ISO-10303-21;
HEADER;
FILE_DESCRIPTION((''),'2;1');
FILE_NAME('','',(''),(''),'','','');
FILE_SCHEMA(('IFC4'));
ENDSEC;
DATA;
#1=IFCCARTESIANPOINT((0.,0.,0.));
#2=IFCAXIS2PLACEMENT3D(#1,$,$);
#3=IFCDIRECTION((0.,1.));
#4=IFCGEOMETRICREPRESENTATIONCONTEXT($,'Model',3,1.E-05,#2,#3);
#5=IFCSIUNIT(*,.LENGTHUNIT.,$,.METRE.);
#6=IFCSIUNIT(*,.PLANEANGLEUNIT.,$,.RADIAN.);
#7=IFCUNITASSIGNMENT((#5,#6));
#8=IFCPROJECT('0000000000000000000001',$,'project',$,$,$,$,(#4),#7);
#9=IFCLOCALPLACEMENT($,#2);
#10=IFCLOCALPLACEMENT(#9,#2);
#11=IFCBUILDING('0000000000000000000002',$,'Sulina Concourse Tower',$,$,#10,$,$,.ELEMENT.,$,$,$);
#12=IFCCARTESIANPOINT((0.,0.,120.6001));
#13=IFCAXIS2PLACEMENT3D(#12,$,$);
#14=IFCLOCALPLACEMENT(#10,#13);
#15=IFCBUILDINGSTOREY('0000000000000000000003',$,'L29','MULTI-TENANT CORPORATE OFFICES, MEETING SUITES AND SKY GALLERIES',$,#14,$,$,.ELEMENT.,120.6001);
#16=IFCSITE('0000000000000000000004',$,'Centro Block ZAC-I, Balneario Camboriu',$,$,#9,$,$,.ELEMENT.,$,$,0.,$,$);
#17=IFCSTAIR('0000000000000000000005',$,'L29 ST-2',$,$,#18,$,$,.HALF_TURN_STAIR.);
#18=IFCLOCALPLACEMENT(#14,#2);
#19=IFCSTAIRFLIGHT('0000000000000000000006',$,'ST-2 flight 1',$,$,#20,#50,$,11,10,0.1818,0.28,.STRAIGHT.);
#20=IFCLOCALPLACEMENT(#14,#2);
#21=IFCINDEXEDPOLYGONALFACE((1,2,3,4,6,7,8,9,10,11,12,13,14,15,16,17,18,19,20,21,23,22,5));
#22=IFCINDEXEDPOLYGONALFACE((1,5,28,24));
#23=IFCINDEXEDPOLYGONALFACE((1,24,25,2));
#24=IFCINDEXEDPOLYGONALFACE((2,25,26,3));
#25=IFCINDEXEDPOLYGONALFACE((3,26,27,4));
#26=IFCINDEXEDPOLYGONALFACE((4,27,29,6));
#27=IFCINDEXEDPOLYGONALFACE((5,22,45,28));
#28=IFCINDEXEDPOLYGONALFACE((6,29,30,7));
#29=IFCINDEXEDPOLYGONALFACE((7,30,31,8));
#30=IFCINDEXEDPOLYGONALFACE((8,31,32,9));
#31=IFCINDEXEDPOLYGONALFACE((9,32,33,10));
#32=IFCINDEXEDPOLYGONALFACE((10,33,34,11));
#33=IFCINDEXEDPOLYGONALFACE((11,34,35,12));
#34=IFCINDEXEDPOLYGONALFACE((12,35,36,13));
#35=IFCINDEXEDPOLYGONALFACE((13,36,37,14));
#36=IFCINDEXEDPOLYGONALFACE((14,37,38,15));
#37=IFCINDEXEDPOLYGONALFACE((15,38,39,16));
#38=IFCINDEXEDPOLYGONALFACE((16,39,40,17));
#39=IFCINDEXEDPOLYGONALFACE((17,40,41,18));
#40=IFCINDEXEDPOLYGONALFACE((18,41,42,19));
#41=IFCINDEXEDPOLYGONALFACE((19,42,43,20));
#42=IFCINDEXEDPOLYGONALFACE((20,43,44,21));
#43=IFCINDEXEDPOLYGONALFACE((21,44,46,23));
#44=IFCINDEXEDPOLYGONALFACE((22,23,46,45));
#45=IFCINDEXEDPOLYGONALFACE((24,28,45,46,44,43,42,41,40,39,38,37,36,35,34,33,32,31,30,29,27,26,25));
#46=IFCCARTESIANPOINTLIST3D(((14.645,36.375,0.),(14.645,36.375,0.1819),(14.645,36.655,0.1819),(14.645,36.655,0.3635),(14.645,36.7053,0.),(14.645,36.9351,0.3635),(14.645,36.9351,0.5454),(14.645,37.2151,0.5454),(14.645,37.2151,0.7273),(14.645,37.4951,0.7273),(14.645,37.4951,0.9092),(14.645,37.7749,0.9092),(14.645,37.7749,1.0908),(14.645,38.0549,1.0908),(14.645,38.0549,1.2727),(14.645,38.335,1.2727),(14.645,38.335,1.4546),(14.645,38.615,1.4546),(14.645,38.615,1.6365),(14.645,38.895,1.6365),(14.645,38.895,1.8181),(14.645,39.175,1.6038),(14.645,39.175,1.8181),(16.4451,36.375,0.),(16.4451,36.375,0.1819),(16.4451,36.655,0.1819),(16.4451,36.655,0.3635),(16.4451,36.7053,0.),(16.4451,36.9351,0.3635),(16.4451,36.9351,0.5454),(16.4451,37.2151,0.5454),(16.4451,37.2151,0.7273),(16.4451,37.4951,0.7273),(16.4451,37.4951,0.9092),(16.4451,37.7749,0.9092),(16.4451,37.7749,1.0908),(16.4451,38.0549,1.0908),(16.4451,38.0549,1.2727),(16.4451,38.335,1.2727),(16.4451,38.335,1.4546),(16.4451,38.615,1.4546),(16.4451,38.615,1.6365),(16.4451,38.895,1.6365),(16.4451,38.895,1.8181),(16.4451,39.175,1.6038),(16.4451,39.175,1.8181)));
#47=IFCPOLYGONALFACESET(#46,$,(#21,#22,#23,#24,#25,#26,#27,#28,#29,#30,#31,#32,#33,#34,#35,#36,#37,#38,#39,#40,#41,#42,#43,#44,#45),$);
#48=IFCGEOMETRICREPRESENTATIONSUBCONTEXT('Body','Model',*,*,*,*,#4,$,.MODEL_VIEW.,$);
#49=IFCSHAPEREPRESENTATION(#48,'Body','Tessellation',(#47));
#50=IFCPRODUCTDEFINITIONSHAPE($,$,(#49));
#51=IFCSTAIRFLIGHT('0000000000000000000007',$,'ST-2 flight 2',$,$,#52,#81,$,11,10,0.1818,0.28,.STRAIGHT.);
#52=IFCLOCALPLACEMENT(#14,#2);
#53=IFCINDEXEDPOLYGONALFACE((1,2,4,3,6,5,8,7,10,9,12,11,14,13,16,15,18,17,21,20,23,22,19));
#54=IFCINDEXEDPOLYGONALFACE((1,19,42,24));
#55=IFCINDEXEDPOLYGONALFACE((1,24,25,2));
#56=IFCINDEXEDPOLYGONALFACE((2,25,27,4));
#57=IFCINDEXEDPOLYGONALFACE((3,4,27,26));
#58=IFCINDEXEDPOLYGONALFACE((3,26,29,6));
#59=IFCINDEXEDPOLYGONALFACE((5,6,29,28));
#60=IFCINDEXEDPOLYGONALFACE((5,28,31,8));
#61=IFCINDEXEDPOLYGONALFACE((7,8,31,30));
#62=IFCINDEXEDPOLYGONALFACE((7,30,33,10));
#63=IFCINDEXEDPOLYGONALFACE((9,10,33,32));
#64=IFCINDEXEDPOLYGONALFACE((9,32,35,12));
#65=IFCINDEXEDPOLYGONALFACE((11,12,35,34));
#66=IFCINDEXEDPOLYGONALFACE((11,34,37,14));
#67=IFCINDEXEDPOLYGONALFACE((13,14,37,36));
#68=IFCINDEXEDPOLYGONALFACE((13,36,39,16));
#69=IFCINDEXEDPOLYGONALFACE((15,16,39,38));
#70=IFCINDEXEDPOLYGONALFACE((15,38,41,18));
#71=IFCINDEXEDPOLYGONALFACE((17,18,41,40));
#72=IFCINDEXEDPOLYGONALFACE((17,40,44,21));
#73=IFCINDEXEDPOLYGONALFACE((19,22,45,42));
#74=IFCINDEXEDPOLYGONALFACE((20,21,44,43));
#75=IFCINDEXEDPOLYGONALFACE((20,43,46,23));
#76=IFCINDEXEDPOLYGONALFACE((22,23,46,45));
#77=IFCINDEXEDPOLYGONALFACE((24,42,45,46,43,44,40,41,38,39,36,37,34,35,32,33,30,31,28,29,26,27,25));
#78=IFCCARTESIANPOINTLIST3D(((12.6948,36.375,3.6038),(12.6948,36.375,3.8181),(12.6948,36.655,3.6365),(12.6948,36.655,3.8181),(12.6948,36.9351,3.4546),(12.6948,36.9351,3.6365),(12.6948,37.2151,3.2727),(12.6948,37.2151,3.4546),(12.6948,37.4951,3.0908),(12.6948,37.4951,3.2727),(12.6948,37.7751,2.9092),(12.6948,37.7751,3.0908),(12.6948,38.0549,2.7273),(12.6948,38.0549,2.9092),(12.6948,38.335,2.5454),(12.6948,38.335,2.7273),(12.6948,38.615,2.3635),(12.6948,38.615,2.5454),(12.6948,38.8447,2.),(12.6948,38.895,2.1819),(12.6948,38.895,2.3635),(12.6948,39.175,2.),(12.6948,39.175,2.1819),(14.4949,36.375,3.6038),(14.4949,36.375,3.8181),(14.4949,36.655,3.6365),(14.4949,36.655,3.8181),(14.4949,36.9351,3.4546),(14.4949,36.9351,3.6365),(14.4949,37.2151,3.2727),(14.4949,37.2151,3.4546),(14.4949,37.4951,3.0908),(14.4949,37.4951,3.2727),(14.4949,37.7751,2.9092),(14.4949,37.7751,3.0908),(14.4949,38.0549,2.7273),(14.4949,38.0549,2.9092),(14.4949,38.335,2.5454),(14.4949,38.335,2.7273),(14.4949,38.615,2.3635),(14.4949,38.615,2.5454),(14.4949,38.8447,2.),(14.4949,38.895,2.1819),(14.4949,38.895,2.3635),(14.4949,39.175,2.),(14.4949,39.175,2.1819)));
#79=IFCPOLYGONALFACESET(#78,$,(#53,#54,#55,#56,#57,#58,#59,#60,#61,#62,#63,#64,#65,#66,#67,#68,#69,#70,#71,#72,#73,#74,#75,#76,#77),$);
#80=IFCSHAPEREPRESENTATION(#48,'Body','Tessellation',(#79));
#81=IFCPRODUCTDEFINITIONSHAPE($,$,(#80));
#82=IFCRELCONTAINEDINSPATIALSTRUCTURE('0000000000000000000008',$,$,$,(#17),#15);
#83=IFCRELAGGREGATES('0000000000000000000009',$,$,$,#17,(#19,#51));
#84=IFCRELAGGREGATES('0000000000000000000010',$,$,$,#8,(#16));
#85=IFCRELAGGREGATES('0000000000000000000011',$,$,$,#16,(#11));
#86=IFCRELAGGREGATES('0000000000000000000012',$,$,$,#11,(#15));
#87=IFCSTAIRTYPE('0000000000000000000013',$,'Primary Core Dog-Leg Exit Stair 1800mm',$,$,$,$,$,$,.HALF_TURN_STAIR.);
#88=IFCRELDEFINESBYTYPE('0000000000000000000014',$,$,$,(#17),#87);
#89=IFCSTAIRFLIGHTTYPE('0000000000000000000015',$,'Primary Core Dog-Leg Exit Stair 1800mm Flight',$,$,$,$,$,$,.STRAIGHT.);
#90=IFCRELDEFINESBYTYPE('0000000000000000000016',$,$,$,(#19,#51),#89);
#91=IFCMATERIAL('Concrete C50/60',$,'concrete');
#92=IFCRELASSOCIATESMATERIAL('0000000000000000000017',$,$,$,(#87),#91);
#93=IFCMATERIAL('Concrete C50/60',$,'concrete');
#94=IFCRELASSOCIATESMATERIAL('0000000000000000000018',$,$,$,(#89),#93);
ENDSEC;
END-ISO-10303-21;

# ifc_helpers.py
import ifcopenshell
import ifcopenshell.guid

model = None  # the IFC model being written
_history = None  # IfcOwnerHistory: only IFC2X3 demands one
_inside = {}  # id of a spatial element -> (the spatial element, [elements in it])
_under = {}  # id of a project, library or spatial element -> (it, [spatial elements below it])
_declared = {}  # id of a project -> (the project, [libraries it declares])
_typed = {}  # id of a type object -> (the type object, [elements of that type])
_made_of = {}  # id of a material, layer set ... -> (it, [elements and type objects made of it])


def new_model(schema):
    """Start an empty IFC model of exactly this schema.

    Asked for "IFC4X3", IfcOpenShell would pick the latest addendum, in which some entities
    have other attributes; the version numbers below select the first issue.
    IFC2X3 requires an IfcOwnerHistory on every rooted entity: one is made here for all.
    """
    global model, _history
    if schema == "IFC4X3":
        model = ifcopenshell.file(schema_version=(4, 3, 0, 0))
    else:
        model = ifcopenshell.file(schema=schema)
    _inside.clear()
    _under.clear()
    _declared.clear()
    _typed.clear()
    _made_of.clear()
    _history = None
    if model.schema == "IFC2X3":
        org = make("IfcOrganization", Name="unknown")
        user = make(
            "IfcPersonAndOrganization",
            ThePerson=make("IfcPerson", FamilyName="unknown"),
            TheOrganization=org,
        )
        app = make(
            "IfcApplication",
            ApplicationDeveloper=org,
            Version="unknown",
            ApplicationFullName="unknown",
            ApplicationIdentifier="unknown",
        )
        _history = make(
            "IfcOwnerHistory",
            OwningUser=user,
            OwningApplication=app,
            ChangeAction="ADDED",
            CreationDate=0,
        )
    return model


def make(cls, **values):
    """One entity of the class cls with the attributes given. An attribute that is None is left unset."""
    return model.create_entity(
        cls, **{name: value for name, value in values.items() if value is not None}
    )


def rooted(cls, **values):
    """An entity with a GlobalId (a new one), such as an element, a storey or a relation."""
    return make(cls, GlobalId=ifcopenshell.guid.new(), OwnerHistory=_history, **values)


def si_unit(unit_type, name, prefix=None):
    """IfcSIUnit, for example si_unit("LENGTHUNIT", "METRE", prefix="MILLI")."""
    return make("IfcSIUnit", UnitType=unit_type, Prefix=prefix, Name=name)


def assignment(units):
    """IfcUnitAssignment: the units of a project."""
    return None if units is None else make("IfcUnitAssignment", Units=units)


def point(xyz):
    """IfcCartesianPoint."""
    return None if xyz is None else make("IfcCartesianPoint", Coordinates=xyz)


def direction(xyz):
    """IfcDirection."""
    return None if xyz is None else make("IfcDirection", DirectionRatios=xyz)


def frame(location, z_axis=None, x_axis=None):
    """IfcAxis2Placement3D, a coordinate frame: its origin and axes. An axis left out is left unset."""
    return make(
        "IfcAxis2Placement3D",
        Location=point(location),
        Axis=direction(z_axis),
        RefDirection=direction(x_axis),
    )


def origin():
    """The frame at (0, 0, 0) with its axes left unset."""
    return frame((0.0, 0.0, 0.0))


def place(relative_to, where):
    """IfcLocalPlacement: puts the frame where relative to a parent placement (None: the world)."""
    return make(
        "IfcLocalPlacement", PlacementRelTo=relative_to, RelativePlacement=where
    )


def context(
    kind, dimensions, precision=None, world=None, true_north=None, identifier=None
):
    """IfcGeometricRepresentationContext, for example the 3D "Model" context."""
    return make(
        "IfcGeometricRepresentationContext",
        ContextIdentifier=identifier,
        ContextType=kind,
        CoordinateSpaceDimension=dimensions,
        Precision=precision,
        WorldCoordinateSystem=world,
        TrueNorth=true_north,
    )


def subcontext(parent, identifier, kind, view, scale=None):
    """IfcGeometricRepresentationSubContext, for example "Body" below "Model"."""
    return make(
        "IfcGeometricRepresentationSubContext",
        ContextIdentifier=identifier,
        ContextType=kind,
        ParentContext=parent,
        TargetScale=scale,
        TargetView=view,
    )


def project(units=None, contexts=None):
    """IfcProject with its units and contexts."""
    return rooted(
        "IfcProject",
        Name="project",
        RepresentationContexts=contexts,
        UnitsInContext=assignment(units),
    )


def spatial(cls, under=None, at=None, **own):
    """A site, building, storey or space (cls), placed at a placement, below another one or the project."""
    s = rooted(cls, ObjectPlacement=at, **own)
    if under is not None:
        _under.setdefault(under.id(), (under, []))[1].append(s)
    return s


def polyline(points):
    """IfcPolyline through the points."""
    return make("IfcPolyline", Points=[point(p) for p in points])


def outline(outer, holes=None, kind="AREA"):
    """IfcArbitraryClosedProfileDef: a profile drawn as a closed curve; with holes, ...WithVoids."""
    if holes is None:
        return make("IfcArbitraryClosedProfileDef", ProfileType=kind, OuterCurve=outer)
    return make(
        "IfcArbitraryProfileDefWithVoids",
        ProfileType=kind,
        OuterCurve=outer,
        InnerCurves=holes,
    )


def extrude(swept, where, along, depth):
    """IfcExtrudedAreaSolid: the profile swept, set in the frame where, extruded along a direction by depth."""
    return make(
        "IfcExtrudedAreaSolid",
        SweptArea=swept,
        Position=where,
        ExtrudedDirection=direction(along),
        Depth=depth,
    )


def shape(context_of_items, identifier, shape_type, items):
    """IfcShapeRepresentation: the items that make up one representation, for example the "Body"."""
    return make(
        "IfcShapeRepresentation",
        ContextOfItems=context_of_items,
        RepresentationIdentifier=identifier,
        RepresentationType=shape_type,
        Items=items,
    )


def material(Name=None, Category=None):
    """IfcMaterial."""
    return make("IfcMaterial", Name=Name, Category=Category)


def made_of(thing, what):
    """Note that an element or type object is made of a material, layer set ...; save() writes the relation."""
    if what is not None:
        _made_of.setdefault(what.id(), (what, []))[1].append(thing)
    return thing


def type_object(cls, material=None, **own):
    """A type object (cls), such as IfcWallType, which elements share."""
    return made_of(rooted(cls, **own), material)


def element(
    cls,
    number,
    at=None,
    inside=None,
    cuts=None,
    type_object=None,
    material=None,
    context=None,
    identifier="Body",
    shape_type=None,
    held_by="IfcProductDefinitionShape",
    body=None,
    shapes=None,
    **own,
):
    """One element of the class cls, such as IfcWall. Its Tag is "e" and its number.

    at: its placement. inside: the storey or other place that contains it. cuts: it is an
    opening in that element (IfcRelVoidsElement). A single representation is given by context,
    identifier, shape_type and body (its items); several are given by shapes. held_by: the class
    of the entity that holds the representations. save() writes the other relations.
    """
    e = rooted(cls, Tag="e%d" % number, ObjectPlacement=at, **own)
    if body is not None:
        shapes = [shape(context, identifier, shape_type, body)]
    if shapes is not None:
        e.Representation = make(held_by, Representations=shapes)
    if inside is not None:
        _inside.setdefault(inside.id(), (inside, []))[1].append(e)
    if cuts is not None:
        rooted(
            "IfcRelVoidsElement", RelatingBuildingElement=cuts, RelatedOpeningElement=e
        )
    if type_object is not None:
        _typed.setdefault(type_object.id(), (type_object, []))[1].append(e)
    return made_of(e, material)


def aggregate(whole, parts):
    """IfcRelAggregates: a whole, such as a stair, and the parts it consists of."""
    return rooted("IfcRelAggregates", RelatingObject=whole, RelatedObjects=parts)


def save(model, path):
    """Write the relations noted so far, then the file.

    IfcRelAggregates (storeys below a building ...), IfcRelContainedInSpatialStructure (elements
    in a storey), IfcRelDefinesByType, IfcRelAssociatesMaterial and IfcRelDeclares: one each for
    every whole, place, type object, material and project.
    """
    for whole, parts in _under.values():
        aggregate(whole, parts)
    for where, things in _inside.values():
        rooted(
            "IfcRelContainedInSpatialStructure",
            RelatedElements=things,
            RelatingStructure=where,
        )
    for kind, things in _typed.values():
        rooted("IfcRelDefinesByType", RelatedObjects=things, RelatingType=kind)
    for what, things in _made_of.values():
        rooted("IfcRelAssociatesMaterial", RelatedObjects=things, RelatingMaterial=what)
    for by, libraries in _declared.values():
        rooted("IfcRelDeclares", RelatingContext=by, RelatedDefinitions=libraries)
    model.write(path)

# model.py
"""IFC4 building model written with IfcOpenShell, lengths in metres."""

from ifc_helpers import new_model, si_unit, direction, frame, origin, place, context, subcontext, project, spatial, polyline, outline, extrude, material, type_object, element, aggregate, save


model = new_model("IFC4")

# Units and contexts
model_context = context("Model", 3, precision=1e-05, world=origin(), true_north=direction((0.0, 1.0)))
body_context = subcontext(model_context, "Body", "Model", "MODEL_VIEW")
ifc_project = project(units=[si_unit("LENGTHUNIT", "METRE"), si_unit("PLANEANGLEUNIT", "RADIAN")], contexts=[model_context])

# Site, building, storey
site_placement = place(None, origin())
site = spatial("IfcSite", under=ifc_project, at=site_placement, Name="Centro Block ZAC-I, Balneario Camboriu", CompositionType="ELEMENT", RefElevation=0.0)
building_placement = place(site_placement, origin())
building = spatial("IfcBuilding", under=site, at=building_placement, Name="Sulina Concourse Tower", CompositionType="ELEMENT")
storey_placement = place(building_placement, frame((0.0, 0.0, 120.6001)))
storey = spatial("IfcBuildingStorey", under=building, at=storey_placement, Name="L29", Description="MULTI-TENANT CORPORATE OFFICES, MEETING SUITES AND SKY GALLERIES", CompositionType="ELEMENT", Elevation=120.6001)

# Stair, stair flights
ifc_material_1 = material(Name="Concrete C50/60", Category="concrete")
stair_type = type_object("IfcStairType", Name="Primary Core Dog-Leg Exit Stair 1800mm", PredefinedType="HALF_TURN_STAIR", material=ifc_material_1)
stair_placement = place(storey_placement, origin())
stair = element("IfcStair", 1, at=stair_placement, inside=storey, type_object=stair_type, Name="L29 ST-2", PredefinedType="HALF_TURN_STAIR")
ifc_material_2 = material(Name="Concrete C50/60", Category="concrete")
stair_flight_type = type_object("IfcStairFlightType", Name="Primary Core Dog-Leg Exit Stair 1800mm Flight", PredefinedType="STRAIGHT", material=ifc_material_2)
stair_flight_1_placement = place(storey_placement, frame((15.5449, 36.375, 0.0), z_axis=(0.0, 0.0, 1.0), x_axis=(0.0, 1.0, 0.0)))
stair_flight_1 = element("IfcStairFlight", 2, at=stair_flight_1_placement, type_object=stair_flight_type, Name="ST-2 flight 1", NumberOfRisers=11, NumberOfTreads=10, PredefinedType="STRAIGHT", RiserHeight=0.1818, TreadLength=0.28, context=body_context, shape_type="SweptSolid", body=[
    extrude(outline(polyline([(0.0, 0.0), (0.0, 0.1819), (0.28, 0.1819), (0.28, 0.3635), (0.5601, 0.3635), (0.5601, 0.5454), (0.8401, 0.5454), (0.8401, 0.7273), (1.1201, 0.7273), (1.1201, 0.9092), (1.3999, 0.9092), (1.3999, 1.0908), (1.6799, 1.0908), (1.6799, 1.2727), (1.96, 1.2727), (1.96, 1.4546), (2.24, 1.4546), (2.24, 1.6365), (2.52, 1.6365), (2.52, 1.8181), (2.8, 1.8181), (2.8, 2.0), (2.8, 1.6038), (0.3303, 0.0), (0.0, 0.0)])), frame((0.0, 0.8999, 0.0), z_axis=(0.0, -1.0, 0.0), x_axis=(1.0, 0.0, 0.0)), (0.0, 0.0, 1.0), 1.8),
])
stair_flight_2_placement = place(storey_placement, frame((13.595, 39.175, 2.0), z_axis=(0.0, 0.0, 1.0), x_axis=(0.0, -1.0, 0.0)))
stair_flight_2 = element("IfcStairFlight", 3, at=stair_flight_2_placement, type_object=stair_flight_type, Name="ST-2 flight 2", NumberOfRisers=11, NumberOfTreads=10, PredefinedType="STRAIGHT", RiserHeight=0.1818, TreadLength=0.28, context=body_context, shape_type="SweptSolid", body=[
    extrude(outline(polyline([(0.0, 0.0), (0.0, 0.1819), (0.28, 0.1819), (0.28, 0.3635), (0.5601, 0.3635), (0.5601, 0.5454), (0.8401, 0.5454), (0.8401, 0.7273), (1.1201, 0.7273), (1.1201, 0.9092), (1.3999, 0.9092), (1.3999, 1.0908), (1.6799, 1.0908), (1.6799, 1.2727), (1.96, 1.2727), (1.96, 1.4546), (2.24, 1.4546), (2.24, 1.6365), (2.52, 1.6365), (2.52, 1.8181), (2.8, 1.8181), (2.8, 2.0), (2.8, 1.6038), (0.3303, 0.0), (0.0, 0.0)])), frame((0.0, 0.8999, 0.0), z_axis=(0.0, -1.0, 0.0), x_axis=(1.0, 0.0, 0.0)), (0.0, 0.0, 1.0), 1.8),
])
aggregate(stair, [stair_flight_1, stair_flight_2])

save(model, "model.ifc")
